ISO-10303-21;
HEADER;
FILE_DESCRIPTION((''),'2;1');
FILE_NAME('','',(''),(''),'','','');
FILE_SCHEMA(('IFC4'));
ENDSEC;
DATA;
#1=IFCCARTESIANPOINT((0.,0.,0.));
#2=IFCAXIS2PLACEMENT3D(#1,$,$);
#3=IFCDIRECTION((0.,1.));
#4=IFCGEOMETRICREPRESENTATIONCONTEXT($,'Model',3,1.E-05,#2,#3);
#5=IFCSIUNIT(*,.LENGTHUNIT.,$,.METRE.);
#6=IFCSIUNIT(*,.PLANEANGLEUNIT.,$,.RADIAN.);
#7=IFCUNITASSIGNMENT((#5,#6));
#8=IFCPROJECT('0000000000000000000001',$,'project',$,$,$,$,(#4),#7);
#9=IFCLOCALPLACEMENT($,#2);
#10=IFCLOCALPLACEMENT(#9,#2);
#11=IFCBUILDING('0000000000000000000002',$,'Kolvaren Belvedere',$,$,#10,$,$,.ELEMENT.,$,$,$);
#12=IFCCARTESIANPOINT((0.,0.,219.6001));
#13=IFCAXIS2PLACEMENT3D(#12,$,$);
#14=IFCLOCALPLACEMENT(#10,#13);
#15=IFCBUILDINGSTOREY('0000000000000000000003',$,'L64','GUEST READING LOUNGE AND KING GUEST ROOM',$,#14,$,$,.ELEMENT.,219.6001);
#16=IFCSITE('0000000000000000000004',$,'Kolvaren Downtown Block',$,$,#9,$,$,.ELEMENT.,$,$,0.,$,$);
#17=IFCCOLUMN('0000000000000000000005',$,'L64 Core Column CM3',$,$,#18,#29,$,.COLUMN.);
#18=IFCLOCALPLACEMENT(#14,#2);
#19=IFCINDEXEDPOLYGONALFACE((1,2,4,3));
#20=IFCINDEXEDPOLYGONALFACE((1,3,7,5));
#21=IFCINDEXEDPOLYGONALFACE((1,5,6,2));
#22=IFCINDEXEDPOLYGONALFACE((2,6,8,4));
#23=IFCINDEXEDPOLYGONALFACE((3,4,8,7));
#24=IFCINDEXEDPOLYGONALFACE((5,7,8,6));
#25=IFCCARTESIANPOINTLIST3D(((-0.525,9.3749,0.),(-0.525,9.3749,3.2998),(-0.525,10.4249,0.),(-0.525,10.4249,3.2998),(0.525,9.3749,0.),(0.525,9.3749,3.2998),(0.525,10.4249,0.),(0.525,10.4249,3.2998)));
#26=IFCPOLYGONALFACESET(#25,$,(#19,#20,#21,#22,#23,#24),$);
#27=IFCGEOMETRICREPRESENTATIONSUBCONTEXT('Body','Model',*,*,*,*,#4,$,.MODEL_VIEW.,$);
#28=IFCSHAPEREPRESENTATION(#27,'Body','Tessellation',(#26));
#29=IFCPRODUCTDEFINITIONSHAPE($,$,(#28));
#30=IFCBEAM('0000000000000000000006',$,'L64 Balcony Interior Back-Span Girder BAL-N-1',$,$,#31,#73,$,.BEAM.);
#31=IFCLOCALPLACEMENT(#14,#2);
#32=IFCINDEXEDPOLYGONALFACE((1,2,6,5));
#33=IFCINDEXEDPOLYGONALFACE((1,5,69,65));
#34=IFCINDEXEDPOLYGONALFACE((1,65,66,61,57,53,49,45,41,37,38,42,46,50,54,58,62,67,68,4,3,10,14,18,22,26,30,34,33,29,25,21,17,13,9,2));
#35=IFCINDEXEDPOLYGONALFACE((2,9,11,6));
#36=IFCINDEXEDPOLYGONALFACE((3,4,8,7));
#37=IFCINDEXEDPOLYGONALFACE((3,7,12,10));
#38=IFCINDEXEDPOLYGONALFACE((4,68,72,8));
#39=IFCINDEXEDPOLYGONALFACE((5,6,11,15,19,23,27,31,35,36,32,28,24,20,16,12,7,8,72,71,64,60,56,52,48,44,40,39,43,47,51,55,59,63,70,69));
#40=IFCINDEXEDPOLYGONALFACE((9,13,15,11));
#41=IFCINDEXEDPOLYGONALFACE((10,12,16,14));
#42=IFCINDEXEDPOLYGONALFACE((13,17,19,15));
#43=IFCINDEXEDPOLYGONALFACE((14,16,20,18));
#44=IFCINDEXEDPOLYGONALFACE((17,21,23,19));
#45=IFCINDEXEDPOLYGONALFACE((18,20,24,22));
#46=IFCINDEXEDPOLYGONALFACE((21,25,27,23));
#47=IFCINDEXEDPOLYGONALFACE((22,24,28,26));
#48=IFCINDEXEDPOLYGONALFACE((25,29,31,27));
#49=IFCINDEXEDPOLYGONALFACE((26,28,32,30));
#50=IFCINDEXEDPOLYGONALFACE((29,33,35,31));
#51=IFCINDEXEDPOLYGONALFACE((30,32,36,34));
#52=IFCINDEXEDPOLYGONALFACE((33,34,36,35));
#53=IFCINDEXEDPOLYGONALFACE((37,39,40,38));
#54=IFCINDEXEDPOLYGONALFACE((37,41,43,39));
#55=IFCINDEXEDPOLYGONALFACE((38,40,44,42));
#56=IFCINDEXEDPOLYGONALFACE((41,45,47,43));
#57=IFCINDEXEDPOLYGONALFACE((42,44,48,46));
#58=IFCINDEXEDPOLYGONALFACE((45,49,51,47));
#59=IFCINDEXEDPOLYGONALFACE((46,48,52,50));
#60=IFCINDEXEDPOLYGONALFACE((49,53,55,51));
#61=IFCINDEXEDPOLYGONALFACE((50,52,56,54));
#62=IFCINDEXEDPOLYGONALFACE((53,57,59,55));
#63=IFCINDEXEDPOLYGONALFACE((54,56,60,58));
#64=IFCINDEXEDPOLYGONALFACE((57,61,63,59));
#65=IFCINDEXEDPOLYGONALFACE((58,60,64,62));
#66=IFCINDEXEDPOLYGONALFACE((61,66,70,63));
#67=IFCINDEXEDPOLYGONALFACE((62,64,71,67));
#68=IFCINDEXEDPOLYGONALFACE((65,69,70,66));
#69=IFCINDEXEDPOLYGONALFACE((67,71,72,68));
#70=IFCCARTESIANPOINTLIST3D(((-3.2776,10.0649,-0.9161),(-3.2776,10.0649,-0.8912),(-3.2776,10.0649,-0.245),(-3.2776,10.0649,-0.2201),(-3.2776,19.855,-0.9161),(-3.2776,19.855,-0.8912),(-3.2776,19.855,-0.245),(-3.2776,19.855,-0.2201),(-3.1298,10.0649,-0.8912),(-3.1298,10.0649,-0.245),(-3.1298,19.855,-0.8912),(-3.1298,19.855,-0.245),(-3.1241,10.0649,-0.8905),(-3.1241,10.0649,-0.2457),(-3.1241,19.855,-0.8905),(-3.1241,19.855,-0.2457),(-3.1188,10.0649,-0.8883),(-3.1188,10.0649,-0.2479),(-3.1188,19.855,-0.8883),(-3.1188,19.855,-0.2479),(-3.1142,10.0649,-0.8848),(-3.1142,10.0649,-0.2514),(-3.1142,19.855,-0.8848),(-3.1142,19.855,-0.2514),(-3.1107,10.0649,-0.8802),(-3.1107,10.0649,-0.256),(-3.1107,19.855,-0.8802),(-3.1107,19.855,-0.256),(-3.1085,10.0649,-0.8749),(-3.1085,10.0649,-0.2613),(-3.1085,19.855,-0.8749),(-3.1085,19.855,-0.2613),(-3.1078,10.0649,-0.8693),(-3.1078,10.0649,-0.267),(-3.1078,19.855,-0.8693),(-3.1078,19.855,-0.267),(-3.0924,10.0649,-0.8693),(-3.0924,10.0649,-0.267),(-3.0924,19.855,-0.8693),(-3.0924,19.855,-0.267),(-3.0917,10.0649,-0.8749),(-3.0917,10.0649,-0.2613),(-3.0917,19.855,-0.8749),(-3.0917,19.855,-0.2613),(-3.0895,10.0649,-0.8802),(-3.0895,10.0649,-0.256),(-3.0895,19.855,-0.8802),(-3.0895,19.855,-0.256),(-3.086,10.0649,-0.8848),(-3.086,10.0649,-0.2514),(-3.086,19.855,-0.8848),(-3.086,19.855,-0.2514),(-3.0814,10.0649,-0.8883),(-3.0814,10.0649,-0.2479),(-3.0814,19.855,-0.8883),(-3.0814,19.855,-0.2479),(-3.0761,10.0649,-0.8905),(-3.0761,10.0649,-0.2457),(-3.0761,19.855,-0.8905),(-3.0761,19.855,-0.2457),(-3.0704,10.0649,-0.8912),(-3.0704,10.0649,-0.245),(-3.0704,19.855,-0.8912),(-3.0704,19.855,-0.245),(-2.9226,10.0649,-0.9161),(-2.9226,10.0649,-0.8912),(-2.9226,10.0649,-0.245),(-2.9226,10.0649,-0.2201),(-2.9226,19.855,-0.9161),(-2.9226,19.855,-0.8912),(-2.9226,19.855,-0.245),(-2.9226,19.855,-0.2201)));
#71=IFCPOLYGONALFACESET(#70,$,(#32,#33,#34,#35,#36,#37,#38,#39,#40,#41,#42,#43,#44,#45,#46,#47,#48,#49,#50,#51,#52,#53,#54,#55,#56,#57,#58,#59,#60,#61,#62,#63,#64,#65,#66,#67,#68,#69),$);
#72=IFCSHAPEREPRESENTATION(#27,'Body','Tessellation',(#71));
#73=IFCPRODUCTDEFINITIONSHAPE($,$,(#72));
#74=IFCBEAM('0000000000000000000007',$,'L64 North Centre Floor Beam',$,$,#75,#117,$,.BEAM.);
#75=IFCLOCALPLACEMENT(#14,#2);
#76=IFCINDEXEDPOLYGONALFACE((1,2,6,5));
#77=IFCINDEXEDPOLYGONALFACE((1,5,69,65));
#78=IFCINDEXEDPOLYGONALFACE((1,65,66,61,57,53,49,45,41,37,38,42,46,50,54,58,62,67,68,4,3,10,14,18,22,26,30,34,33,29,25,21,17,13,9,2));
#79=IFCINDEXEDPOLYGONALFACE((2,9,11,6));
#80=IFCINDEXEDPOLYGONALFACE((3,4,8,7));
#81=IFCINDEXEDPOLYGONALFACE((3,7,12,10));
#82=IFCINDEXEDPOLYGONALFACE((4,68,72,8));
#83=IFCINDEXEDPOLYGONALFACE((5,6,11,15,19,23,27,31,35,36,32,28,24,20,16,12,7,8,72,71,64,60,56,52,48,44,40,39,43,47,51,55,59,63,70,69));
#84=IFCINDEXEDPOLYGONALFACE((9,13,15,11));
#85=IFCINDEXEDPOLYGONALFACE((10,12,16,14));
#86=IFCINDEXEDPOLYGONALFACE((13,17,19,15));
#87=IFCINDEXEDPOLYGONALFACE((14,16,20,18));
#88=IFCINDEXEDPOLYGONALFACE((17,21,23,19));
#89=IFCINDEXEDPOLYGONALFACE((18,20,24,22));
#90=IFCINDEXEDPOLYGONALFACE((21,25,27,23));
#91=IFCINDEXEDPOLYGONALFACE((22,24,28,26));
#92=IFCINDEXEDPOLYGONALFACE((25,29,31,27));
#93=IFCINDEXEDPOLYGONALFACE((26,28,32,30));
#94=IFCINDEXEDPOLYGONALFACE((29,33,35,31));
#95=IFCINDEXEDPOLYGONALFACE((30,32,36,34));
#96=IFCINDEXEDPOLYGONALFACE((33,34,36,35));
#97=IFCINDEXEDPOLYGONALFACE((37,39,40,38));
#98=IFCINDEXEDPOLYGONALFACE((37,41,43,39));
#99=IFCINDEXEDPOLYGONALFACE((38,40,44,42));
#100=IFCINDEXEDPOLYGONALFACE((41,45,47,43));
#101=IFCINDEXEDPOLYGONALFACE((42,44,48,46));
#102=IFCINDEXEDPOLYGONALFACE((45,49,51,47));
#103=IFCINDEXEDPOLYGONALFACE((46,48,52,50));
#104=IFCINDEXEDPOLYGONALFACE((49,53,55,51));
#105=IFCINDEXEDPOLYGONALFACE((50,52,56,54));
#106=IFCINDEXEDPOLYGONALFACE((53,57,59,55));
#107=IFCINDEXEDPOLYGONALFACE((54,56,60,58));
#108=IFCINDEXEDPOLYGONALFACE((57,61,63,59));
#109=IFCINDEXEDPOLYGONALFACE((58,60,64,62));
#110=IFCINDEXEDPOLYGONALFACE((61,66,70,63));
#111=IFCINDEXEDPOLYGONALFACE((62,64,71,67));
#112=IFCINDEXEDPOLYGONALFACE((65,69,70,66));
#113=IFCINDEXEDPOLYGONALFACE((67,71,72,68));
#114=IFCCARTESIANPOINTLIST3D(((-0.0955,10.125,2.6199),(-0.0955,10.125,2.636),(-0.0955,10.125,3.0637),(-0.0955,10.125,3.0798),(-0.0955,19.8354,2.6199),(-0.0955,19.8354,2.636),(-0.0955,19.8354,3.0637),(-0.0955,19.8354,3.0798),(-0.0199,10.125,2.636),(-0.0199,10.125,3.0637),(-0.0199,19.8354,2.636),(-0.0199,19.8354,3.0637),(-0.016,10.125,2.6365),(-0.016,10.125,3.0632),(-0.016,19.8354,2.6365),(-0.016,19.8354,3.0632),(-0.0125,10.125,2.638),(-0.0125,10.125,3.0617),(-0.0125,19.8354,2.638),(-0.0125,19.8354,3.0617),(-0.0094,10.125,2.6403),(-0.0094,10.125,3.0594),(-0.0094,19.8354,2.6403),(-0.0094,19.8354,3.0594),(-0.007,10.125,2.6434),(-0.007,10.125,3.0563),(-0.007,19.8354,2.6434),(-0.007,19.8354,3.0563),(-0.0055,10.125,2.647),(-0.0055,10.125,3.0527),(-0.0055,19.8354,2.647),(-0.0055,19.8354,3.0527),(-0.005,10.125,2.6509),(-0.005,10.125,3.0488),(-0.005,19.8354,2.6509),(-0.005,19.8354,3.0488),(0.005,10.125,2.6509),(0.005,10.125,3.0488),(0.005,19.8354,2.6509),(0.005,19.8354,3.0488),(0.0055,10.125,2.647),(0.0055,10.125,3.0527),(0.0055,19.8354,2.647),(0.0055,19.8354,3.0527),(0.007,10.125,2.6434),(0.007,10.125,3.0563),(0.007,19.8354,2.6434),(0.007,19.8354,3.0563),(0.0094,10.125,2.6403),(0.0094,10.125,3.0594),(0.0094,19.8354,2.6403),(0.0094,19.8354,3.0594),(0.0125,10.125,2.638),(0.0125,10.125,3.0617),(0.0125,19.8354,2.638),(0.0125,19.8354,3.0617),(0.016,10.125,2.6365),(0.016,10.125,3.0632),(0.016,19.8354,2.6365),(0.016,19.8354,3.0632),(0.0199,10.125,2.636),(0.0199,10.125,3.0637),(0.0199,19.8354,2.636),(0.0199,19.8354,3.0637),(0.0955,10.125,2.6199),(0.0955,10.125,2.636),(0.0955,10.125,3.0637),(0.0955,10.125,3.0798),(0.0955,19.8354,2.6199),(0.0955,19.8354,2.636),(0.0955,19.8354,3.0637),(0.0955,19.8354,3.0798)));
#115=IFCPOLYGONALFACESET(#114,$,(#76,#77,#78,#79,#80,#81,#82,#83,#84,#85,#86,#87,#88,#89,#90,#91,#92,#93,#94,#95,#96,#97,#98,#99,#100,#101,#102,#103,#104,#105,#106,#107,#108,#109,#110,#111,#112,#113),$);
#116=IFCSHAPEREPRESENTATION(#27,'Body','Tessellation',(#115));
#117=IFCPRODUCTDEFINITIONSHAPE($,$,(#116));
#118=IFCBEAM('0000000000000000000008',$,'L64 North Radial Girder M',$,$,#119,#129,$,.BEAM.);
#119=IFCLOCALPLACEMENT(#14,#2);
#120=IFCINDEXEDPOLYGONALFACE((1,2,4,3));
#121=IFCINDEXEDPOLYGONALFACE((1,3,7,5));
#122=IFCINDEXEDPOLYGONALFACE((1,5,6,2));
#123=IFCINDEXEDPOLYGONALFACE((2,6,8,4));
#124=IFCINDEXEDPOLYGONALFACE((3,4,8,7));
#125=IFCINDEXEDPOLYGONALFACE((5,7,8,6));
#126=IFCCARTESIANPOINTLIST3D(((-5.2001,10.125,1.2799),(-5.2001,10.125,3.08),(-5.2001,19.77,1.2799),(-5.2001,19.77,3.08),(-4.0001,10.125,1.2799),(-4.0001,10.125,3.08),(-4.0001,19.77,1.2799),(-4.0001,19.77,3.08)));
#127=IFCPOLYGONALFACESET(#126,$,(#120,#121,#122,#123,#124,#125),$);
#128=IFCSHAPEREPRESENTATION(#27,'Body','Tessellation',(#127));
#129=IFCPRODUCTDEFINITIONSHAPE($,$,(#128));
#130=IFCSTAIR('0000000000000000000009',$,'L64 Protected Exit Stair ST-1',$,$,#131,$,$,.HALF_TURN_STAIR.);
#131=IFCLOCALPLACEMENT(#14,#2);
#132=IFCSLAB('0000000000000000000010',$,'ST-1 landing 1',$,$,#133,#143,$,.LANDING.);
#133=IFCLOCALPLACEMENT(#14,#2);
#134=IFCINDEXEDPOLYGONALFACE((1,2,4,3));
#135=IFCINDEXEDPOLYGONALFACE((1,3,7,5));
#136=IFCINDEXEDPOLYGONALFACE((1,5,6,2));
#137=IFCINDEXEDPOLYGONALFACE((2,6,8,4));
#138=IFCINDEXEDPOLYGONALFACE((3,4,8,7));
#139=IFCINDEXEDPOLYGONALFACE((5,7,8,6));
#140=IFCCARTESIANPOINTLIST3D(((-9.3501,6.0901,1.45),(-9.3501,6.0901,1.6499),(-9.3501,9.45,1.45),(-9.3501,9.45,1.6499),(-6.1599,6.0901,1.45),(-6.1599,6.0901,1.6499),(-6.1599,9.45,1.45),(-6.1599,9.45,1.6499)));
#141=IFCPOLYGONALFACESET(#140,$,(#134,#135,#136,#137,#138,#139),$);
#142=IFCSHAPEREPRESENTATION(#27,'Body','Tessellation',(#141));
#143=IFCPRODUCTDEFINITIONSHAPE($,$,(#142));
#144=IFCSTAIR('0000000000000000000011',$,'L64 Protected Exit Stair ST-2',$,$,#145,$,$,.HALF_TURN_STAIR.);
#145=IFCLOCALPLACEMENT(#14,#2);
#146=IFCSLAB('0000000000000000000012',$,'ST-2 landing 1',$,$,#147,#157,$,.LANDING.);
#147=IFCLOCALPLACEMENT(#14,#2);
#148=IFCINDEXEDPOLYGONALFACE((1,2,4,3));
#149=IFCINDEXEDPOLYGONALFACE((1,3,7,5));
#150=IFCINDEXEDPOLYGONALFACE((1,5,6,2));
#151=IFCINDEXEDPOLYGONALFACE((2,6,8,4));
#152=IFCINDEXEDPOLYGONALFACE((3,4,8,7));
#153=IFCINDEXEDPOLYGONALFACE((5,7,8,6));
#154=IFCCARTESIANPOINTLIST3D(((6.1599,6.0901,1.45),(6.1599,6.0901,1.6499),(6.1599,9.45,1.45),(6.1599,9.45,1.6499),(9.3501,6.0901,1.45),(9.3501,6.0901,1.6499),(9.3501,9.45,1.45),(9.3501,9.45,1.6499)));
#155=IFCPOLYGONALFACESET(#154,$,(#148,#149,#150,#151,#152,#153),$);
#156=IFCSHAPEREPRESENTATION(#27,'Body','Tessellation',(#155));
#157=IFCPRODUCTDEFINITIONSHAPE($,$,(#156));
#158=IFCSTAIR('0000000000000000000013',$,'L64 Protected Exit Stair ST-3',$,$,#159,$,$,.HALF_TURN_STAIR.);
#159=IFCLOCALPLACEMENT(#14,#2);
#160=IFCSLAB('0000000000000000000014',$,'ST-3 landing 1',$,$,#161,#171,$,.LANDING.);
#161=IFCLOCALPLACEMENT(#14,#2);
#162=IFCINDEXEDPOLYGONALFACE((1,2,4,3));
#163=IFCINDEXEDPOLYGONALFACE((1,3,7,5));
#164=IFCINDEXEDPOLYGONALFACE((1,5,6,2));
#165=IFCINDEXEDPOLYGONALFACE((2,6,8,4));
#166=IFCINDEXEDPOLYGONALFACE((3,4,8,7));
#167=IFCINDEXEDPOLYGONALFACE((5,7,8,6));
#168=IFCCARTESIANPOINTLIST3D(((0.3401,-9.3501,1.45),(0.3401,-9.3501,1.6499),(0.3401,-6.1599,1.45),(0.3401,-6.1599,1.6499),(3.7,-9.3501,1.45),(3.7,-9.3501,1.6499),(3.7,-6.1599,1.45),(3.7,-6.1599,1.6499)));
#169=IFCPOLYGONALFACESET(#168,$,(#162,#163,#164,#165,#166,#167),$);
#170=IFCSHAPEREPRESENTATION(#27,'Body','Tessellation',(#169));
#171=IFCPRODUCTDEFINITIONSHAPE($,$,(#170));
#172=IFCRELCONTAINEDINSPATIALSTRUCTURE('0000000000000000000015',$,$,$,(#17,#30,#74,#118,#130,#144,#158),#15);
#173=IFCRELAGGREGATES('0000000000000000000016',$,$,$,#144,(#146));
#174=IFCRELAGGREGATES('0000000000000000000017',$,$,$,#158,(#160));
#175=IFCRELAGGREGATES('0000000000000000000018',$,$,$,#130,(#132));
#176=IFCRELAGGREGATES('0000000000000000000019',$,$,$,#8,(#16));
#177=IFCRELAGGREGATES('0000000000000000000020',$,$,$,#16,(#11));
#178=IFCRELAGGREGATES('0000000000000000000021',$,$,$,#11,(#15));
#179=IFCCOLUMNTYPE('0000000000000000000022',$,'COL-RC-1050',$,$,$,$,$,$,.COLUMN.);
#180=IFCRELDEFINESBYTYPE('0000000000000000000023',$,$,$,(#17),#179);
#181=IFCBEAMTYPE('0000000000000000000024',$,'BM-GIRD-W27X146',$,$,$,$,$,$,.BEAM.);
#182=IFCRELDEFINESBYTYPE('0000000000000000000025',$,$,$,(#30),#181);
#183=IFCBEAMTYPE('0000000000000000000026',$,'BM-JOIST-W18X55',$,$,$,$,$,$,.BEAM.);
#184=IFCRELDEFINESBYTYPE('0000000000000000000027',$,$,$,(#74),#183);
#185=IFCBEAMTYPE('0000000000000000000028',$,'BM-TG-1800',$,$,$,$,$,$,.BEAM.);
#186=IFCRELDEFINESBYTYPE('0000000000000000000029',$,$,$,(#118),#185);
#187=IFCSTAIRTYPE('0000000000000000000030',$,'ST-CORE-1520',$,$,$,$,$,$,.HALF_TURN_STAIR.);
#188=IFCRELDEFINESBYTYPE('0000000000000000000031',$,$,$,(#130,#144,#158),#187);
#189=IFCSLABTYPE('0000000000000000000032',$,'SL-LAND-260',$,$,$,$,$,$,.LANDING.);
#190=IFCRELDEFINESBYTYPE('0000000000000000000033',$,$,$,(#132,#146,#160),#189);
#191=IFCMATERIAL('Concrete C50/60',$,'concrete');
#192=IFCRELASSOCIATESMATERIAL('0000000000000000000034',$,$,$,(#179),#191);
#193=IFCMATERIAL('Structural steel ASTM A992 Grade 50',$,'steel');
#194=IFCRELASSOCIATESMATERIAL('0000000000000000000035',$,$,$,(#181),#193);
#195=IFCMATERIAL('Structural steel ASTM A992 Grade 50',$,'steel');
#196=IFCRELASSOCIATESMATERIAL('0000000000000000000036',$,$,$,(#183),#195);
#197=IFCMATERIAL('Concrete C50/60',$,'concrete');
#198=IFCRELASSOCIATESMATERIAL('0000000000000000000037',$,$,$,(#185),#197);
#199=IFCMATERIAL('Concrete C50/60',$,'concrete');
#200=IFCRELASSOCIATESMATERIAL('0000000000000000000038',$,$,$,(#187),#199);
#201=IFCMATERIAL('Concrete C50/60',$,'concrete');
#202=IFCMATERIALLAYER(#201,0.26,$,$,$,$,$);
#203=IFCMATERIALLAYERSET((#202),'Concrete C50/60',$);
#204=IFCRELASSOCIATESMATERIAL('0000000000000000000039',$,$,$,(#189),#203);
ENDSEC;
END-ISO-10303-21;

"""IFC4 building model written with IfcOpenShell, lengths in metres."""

from ifc_helpers import new_model, si_unit, direction, frame, origin, origin_2d, place, context, subcontext, project, spatial, polyline, rectangle, i_section, outline, extrude, material, layer, layer_set, material_profile, profile_set, type_object, element, aggregate, save


model = new_model("IFC4")

# Units and contexts
model_context = context("Model", 3, precision=1e-05, world=origin(), true_north=direction((0.0, 1.0)))
body_context = subcontext(model_context, "Body", "Model", "MODEL_VIEW")
ifc_project = project(units=[si_unit("LENGTHUNIT", "METRE"), si_unit("PLANEANGLEUNIT", "RADIAN")], contexts=[model_context])

# Site, building, storey
site_placement = place(None, origin())
site = spatial("IfcSite", under=ifc_project, at=site_placement, Name="Kolvaren Downtown Block", CompositionType="ELEMENT", RefElevation=0.0)
building_placement = place(site_placement, origin())
building = spatial("IfcBuilding", under=site, at=building_placement, Name="Kolvaren Belvedere", CompositionType="ELEMENT")
storey_placement = place(building_placement, frame((0.0, 0.0, 219.6001)))
storey = spatial("IfcBuildingStorey", under=building, at=storey_placement, Name="L64", Description="GUEST READING LOUNGE AND KING GUEST ROOM", CompositionType="ELEMENT", Elevation=219.6001)

# Column
ifc_material_1 = material(Name="Concrete C50/60", Category="concrete")
ifc_material_profile_1 = material_profile(ifc_material_1, rectangle(XDim=1.05, YDim=1.05, at=origin_2d()), Name="RC 1050X1050")
ifc_profile_set_1 = profile_set([ifc_material_profile_1], Name="Concrete C50/60")
column_type = type_object("IfcColumnType", Name="COL-RC-1050", PredefinedType="COLUMN", material=ifc_profile_set_1)
column_placement = place(storey_placement, frame((0.0, 9.8999, 0.0), z_axis=(0.0, 0.0, 1.0), x_axis=(1.0, 0.0, 0.0)))
element("IfcColumn", 1, at=column_placement, inside=storey, type_object=column_type, Name="L64 Core Column CM3", PredefinedType="COLUMN", context=body_context, shape_type="SweptSolid", body=[
    extrude(rectangle(XDim=1.05, YDim=1.05, at=origin_2d()), origin(), (0.0, 0.0, 1.0), 3.2998),
])

# Beams
ifc_material_2 = material(Name="Structural steel ASTM A992 Grade 50", Category="steel")
ifc_material_profile_2 = material_profile(ifc_material_2, i_section(OverallWidth=0.355, OverallDepth=0.696, WebThickness=0.0154, FlangeThickness=0.0249, FilletRadius=0.022, at=origin_2d()), Name="W27X146")
ifc_profile_set_2 = profile_set([ifc_material_profile_2], Name="Structural steel ASTM A992 Grade 50")
beam_type_1 = type_object("IfcBeamType", Name="BM-GIRD-W27X146", PredefinedType="BEAM", material=ifc_profile_set_2)
beam_1_placement = place(storey_placement, frame((-3.1001, 10.0649, -0.5681), z_axis=(0.0, 1.0, 0.0), x_axis=(-1.0, 0.0, 0.0)))
element("IfcBeam", 2, at=beam_1_placement, inside=storey, type_object=beam_type_1, Name="L64 Balcony Interior Back-Span Girder BAL-N-1", PredefinedType="BEAM", context=body_context, shape_type="SweptSolid", body=[
    extrude(i_section(OverallWidth=0.355, OverallDepth=0.696, WebThickness=0.0154, FlangeThickness=0.0249, FilletRadius=0.022, at=origin_2d()), origin(), (0.0, 0.0, 1.0), 9.79),
])
ifc_material_3 = material(Name="Structural steel ASTM A992 Grade 50", Category="steel")
ifc_material_profile_3 = material_profile(ifc_material_3, i_section(OverallWidth=0.1909, OverallDepth=0.46, WebThickness=0.01, FlangeThickness=0.0161, FilletRadius=0.0149, at=origin_2d()), Name="W18X55")
ifc_profile_set_3 = profile_set([ifc_material_profile_3], Name="Structural steel ASTM A992 Grade 50")
beam_type_2 = type_object("IfcBeamType", Name="BM-JOIST-W18X55", PredefinedType="BEAM", material=ifc_profile_set_3)
beam_2_placement = place(storey_placement, frame((0.0, 10.125, 2.8499), z_axis=(0.0, 1.0, 0.0), x_axis=(-1.0, 0.0, 0.0)))
element("IfcBeam", 3, at=beam_2_placement, inside=storey, type_object=beam_type_2, Name="L64 North Centre Floor Beam", PredefinedType="BEAM", context=body_context, shape_type="SweptSolid", body=[
    extrude(i_section(OverallWidth=0.1909, OverallDepth=0.46, WebThickness=0.01, FlangeThickness=0.0161, FilletRadius=0.0149, at=origin_2d()), origin(), (0.0, 0.0, 1.0), 9.7104),
])
ifc_material_4 = material(Name="Concrete C50/60", Category="concrete")
ifc_material_profile_4 = material_profile(ifc_material_4, rectangle(XDim=1.2, YDim=1.8, at=origin_2d()), Name="RC 1200X1800")
ifc_profile_set_4 = profile_set([ifc_material_profile_4], Name="Concrete C50/60")
beam_type_3 = type_object("IfcBeamType", Name="BM-TG-1800", PredefinedType="BEAM", material=ifc_profile_set_4)
beam_3_placement = place(storey_placement, frame((-4.6001, 10.125, 2.1799), z_axis=(0.0, 1.0, 0.0), x_axis=(-1.0, 0.0, 0.0)))
element("IfcBeam", 4, at=beam_3_placement, inside=storey, type_object=beam_type_3, Name="L64 North Radial Girder M", PredefinedType="BEAM", context=body_context, shape_type="SweptSolid", body=[
    extrude(rectangle(XDim=1.2, YDim=1.8, at=origin_2d()), origin(), (0.0, 0.0, 1.0), 9.645),
])

# Stairs, slabs
ifc_material_5 = material(Name="Concrete C50/60", Category="concrete")
stair_type = type_object("IfcStairType", Name="ST-CORE-1520", PredefinedType="HALF_TURN_STAIR", material=ifc_material_5)
stair_1_placement = place(storey_placement, origin())
stair_1 = element("IfcStair", 5, at=stair_1_placement, inside=storey, type_object=stair_type, Name="L64 Protected Exit Stair ST-1", PredefinedType="HALF_TURN_STAIR")
ifc_material_6 = material(Name="Concrete C50/60", Category="concrete")
ifc_layer_1 = layer(ifc_material_6, 0.26)
ifc_layer_set_1 = layer_set([ifc_layer_1], Name="Concrete C50/60")
slab_type = type_object("IfcSlabType", Name="SL-LAND-260", PredefinedType="LANDING", material=ifc_layer_set_1)
slab_1_placement = place(storey_placement, frame((0.0, 0.0, 1.45)))
slab_1 = element("IfcSlab", 6, at=slab_1_placement, type_object=slab_type, Name="ST-1 landing 1", PredefinedType="LANDING", context=body_context, shape_type="SweptSolid", body=[
    extrude(outline(polyline([(-6.1599, 6.0901), (-6.1599, 9.45), (-9.3501, 9.45), (-9.3501, 6.0901), (-6.1599, 6.0901)])), origin(), (0.0, 0.0, 1.0), 0.2),
])
stair_2_placement = place(storey_placement, origin())
stair_2 = element("IfcStair", 7, at=stair_2_placement, inside=storey, type_object=stair_type, Name="L64 Protected Exit Stair ST-2", PredefinedType="HALF_TURN_STAIR")
slab_2_placement = place(storey_placement, frame((0.0, 0.0, 1.45)))
slab_2 = element("IfcSlab", 8, at=slab_2_placement, type_object=slab_type, Name="ST-2 landing 1", PredefinedType="LANDING", context=body_context, shape_type="SweptSolid", body=[
    extrude(outline(polyline([(9.3501, 6.0901), (9.3501, 9.45), (6.1599, 9.45), (6.1599, 6.0901), (9.3501, 6.0901)])), origin(), (0.0, 0.0, 1.0), 0.2),
])
aggregate(stair_2, [slab_2])
stair_3_placement = place(storey_placement, origin())
stair_3 = element("IfcStair", 9, at=stair_3_placement, inside=storey, type_object=stair_type, Name="L64 Protected Exit Stair ST-3", PredefinedType="HALF_TURN_STAIR")
slab_3_placement = place(storey_placement, frame((0.0, 0.0, 1.45)))
slab_3 = element("IfcSlab", 10, at=slab_3_placement, type_object=slab_type, Name="ST-3 landing 1", PredefinedType="LANDING", context=body_context, shape_type="SweptSolid", body=[
    extrude(outline(polyline([(0.3401, -9.3501), (3.7, -9.3501), (3.7, -6.1599), (0.3401, -6.1599), (0.3401, -9.3501)])), origin(), (0.0, 0.0, 1.0), 0.2),
])
aggregate(stair_3, [slab_3])

aggregate(stair_1, [slab_1])

save(model, "model.ifc")
